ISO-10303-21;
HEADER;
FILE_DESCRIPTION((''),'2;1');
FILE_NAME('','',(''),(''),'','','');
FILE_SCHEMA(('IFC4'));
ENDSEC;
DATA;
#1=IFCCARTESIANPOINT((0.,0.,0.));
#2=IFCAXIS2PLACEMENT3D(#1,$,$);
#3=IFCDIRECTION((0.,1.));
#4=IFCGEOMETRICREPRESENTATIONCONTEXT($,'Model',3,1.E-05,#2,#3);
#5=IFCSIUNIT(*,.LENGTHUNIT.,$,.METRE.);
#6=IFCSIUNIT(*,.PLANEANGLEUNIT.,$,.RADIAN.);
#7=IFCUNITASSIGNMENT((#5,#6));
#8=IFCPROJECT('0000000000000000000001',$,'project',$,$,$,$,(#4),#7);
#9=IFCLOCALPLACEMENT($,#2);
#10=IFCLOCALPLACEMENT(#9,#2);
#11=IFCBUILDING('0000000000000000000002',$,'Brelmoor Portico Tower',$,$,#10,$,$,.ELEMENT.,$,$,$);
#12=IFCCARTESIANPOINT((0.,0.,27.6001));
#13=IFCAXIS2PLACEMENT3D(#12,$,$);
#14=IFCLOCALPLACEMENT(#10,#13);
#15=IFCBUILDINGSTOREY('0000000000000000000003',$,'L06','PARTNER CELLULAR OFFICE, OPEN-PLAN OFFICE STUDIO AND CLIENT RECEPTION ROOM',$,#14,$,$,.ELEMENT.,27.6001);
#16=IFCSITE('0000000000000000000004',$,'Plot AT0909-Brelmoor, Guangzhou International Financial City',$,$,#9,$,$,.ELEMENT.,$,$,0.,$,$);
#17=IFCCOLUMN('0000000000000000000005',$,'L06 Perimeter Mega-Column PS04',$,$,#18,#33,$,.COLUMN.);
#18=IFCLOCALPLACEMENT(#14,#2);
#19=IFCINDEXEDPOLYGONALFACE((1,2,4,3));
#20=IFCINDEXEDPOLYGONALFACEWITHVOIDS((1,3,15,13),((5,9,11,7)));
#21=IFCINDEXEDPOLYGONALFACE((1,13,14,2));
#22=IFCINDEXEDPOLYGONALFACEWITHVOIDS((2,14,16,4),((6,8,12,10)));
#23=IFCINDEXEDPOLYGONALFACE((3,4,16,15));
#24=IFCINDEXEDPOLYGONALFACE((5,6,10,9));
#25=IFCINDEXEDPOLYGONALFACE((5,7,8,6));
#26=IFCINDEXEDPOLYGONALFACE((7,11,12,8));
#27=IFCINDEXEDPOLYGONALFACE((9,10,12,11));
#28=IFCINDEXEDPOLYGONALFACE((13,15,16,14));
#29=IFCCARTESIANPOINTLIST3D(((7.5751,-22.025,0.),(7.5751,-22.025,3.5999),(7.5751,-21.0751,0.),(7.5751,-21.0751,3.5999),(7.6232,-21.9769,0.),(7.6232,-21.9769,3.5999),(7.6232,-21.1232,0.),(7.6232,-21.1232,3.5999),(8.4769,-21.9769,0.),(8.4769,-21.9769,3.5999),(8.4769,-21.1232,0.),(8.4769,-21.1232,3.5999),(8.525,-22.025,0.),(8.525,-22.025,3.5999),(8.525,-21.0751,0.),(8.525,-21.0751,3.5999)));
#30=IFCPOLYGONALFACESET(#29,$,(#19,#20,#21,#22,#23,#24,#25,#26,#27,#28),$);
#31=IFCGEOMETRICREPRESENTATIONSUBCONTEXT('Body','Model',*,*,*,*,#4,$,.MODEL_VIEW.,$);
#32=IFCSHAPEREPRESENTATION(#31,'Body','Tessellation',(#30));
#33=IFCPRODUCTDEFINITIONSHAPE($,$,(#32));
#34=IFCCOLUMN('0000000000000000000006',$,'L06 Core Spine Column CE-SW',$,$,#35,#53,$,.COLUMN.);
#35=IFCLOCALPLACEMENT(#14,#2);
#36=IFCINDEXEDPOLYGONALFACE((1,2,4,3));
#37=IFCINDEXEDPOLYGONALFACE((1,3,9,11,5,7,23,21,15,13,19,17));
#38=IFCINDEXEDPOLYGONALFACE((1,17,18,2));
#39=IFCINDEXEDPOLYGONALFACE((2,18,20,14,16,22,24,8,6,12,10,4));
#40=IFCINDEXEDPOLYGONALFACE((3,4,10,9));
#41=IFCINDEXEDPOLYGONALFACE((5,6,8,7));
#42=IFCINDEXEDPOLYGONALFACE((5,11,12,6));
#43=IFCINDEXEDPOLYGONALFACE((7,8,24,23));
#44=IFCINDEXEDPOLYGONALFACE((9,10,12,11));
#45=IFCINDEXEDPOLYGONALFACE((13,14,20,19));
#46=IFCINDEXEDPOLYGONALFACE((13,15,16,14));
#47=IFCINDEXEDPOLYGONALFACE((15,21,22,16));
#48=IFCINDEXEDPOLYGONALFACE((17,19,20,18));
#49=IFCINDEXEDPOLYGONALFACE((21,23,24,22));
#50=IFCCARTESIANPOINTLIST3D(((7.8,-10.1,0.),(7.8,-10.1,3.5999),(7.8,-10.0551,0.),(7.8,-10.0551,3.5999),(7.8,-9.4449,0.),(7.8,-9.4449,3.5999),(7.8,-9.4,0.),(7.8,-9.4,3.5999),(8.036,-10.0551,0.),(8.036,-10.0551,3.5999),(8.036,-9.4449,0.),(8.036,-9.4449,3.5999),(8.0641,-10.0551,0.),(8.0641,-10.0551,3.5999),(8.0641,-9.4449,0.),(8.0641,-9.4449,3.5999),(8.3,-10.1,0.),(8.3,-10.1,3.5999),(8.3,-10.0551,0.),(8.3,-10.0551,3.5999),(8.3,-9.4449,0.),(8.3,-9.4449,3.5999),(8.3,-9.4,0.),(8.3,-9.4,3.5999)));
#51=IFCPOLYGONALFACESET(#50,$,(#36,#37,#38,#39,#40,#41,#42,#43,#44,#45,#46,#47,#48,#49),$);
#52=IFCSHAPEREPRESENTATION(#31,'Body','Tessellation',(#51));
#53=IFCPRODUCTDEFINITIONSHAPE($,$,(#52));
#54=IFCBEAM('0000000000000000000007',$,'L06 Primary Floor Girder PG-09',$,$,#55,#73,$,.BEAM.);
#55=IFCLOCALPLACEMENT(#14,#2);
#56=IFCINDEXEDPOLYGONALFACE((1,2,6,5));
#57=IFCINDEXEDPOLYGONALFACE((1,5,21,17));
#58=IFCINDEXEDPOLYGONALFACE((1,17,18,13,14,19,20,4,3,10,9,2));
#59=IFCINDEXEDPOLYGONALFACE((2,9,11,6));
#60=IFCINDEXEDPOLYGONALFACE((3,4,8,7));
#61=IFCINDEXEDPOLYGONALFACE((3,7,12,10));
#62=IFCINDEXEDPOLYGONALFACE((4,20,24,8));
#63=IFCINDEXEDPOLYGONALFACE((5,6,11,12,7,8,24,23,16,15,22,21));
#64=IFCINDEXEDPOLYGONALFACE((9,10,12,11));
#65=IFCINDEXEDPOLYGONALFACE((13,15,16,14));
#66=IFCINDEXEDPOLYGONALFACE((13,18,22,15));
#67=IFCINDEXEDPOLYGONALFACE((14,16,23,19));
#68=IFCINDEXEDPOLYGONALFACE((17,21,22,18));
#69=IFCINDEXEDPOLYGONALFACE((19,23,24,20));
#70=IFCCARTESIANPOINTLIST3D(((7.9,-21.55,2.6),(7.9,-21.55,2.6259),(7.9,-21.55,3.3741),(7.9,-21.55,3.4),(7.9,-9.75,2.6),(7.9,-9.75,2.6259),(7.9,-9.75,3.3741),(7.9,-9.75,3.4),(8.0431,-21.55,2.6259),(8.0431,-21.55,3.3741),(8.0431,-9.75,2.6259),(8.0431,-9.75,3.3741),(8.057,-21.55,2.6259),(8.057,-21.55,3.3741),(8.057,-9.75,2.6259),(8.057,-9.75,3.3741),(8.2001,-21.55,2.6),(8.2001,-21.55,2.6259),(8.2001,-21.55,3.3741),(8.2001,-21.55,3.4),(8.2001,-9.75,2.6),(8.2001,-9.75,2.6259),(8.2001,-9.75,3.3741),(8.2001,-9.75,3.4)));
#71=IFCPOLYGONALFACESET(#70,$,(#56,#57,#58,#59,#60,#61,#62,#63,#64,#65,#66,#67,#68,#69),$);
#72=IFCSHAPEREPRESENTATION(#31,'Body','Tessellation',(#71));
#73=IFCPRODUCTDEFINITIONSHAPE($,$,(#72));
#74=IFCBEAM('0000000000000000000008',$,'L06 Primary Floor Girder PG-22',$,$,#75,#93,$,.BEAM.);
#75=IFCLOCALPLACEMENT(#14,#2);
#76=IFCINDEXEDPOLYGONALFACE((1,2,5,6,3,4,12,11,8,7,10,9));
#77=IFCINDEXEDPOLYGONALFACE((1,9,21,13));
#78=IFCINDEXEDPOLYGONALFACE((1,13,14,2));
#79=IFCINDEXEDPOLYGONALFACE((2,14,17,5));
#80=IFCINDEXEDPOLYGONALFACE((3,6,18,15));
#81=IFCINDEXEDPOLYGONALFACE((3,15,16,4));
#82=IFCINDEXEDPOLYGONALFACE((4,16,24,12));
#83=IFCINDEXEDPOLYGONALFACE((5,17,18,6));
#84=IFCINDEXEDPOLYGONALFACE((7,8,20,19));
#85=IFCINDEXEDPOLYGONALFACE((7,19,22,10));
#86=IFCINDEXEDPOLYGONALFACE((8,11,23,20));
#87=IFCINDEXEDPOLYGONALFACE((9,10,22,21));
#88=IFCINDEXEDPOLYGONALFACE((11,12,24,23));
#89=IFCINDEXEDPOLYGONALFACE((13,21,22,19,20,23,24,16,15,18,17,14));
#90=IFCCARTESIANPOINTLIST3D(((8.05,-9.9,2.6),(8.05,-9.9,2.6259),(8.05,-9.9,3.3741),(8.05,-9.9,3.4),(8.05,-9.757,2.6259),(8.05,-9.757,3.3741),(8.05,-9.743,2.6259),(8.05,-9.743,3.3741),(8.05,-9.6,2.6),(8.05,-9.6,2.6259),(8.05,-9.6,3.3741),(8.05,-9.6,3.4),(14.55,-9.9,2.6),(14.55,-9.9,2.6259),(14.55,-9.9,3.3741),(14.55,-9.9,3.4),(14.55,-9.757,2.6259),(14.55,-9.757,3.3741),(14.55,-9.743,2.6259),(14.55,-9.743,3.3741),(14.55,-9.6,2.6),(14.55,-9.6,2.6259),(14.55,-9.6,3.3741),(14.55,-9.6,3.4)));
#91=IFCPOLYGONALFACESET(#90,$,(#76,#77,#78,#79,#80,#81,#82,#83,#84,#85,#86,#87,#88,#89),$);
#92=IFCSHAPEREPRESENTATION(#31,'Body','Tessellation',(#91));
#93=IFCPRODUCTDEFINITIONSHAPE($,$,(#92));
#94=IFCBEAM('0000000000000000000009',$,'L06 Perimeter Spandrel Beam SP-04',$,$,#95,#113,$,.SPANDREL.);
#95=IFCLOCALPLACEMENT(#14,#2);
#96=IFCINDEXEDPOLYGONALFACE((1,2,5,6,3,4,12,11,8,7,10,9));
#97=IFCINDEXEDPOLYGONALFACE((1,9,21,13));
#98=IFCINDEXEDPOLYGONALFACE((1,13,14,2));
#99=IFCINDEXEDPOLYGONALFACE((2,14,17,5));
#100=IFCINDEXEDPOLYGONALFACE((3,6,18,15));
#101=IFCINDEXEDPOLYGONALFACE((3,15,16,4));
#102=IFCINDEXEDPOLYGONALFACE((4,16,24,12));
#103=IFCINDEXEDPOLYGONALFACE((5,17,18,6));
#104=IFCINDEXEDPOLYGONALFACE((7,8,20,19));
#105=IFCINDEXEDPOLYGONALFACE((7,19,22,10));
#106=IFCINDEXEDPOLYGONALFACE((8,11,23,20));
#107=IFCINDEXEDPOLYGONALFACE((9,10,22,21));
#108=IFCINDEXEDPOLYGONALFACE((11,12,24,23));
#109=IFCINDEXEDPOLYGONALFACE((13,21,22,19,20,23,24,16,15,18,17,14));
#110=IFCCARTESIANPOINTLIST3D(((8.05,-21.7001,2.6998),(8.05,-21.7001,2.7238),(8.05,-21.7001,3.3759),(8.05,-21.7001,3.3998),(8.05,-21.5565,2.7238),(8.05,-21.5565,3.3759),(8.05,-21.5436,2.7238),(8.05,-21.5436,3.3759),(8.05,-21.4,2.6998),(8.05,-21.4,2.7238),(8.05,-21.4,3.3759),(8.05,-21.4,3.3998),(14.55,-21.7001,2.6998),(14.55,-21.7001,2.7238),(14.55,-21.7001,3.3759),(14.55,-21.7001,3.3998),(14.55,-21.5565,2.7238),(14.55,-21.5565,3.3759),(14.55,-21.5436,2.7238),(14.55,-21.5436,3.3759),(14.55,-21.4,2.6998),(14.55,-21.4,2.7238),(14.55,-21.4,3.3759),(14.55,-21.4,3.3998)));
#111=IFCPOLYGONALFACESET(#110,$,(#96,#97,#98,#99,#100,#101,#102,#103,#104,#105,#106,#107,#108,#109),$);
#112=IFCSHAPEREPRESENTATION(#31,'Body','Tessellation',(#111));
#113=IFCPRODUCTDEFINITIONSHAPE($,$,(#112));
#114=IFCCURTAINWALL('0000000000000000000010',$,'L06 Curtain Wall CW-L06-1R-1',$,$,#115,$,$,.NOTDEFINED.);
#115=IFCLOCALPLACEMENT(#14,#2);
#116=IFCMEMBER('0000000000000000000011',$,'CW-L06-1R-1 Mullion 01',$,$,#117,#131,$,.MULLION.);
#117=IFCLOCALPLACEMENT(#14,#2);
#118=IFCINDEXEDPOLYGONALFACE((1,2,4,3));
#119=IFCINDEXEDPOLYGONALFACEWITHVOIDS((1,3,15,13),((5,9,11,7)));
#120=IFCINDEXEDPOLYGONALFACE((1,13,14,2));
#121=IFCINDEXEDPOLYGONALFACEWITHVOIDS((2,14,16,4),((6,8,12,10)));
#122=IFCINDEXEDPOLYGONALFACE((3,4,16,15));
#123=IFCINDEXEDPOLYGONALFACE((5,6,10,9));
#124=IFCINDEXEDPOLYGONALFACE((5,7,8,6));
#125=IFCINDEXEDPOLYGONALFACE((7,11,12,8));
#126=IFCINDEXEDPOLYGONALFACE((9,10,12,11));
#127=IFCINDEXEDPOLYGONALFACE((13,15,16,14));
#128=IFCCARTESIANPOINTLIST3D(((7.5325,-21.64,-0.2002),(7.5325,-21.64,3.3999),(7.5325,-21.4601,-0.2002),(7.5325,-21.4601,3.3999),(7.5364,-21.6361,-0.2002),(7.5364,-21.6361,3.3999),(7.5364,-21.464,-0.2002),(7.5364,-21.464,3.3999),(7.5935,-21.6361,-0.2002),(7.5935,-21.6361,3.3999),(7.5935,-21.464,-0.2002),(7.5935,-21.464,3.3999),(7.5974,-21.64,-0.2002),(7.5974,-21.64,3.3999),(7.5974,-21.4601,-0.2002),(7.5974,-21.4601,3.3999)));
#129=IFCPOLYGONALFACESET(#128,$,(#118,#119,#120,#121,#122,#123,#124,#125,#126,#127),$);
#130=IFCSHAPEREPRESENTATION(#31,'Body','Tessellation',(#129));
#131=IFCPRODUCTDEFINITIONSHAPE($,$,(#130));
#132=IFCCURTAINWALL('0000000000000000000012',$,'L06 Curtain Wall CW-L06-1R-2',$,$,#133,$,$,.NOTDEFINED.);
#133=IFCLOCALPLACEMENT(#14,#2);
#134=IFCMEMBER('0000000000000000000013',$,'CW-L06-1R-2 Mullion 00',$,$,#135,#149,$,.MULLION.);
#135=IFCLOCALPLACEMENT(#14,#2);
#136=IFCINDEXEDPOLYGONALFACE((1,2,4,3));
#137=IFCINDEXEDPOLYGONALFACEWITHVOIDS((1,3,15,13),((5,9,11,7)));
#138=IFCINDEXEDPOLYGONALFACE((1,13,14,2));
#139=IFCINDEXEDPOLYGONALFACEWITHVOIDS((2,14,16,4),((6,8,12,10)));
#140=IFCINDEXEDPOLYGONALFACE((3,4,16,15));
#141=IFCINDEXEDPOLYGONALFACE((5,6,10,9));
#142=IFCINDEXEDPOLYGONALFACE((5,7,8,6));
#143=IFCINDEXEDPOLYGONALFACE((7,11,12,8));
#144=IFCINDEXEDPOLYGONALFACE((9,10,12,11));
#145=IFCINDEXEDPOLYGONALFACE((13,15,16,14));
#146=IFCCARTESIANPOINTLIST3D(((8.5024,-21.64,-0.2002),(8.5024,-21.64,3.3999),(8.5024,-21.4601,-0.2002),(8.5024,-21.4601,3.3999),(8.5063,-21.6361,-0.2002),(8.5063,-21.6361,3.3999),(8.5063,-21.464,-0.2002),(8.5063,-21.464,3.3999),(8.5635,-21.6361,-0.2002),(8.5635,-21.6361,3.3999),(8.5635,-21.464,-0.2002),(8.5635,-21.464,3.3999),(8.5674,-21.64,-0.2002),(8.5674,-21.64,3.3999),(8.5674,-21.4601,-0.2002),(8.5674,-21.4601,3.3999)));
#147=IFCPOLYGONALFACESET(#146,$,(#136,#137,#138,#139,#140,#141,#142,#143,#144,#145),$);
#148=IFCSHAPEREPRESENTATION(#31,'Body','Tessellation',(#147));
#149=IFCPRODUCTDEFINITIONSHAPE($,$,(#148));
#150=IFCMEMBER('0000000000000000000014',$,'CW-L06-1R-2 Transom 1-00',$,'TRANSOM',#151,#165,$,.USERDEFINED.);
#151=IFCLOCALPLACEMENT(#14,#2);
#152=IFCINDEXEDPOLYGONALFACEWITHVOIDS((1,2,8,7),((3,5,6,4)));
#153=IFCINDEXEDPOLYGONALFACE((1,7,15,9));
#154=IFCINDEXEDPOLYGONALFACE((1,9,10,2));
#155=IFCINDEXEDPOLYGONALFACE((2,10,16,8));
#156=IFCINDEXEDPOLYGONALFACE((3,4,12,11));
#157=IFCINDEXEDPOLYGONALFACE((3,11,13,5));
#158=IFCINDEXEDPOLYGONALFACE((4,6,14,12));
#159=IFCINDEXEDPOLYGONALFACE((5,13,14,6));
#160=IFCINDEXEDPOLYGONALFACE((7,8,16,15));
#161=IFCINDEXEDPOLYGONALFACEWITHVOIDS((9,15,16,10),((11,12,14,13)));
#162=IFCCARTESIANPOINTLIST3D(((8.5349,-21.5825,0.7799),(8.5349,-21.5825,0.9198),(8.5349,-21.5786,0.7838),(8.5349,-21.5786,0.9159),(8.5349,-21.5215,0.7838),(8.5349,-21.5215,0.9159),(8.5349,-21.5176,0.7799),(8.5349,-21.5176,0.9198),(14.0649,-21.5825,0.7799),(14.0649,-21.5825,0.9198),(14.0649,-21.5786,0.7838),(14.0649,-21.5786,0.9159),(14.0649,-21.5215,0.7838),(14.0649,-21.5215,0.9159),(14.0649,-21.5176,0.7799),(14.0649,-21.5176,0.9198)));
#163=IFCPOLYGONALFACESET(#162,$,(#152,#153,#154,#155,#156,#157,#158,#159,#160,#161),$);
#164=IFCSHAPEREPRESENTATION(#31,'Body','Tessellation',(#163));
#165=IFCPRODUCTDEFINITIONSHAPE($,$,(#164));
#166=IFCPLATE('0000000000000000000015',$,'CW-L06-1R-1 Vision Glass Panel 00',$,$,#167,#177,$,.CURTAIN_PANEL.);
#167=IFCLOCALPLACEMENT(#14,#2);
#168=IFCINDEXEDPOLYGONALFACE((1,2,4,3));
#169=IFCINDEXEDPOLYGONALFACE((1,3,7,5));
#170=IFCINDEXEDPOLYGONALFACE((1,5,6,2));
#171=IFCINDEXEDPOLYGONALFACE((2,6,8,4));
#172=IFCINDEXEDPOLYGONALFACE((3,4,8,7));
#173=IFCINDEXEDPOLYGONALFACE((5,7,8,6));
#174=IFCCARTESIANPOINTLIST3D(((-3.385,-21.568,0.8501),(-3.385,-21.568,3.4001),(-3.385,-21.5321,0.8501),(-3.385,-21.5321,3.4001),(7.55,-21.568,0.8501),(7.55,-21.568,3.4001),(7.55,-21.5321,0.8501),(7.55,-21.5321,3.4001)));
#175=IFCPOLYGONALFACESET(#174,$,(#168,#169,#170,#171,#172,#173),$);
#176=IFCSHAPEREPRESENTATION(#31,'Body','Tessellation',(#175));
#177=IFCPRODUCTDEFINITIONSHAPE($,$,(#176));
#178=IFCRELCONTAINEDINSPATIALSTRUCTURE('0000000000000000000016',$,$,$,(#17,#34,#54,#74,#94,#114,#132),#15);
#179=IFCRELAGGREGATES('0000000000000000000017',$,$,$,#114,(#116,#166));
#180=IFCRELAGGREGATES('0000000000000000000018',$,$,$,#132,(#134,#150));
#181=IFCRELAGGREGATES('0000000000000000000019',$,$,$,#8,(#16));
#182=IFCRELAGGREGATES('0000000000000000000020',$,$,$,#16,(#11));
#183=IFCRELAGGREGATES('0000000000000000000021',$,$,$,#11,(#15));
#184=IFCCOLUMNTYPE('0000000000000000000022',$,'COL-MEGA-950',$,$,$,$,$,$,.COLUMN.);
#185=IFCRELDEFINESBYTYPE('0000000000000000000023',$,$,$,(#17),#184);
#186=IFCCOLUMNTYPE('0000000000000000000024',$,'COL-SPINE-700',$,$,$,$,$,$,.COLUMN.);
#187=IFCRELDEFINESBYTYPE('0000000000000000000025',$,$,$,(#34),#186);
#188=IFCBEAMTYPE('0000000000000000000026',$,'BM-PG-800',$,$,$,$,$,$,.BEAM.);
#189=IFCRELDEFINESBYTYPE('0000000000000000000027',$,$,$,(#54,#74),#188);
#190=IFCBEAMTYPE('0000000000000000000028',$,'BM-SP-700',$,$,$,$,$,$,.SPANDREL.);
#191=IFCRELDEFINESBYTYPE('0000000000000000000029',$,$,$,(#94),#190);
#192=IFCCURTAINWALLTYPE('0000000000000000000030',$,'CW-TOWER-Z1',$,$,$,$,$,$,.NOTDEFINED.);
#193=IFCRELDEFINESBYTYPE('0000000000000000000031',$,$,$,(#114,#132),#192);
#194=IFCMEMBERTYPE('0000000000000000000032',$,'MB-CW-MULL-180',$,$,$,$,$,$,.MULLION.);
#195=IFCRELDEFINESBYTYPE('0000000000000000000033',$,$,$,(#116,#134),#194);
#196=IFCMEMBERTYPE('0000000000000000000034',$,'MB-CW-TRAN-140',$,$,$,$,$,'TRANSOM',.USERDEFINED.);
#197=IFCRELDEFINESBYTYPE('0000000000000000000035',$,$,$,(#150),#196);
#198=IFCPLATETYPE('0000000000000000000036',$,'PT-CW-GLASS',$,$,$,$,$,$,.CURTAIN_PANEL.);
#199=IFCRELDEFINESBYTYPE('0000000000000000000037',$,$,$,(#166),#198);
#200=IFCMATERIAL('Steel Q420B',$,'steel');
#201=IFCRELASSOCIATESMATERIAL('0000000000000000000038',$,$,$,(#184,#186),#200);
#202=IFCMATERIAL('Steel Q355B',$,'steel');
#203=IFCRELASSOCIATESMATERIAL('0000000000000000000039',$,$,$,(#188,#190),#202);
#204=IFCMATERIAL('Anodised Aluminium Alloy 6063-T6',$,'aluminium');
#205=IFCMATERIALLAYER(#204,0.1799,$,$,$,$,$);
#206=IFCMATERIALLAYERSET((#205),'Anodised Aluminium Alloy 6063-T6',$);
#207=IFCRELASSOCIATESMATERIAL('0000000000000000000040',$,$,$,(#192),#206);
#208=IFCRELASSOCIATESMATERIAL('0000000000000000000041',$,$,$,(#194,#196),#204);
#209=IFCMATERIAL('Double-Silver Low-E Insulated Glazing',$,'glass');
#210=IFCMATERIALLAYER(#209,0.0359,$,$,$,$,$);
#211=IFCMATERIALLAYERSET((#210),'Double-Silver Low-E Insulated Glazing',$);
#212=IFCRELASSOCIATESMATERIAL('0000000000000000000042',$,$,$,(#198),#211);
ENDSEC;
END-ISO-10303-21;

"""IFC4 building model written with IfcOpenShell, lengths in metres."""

from ifc_helpers import new_model, si_unit, direction, frame, origin, origin_2d, place, context, subcontext, project, spatial, rectangle, hollow_rectangle, i_section, extrude, material, layer, layer_set, material_profile, profile_set, type_object, element, aggregate, save


model = new_model("IFC4")

# Units and contexts
model_context = context("Model", 3, precision=1e-05, world=origin(), true_north=direction((0.0, 1.0)))
body_context = subcontext(model_context, "Body", "Model", "MODEL_VIEW")
ifc_project = project(units=[si_unit("LENGTHUNIT", "METRE"), si_unit("PLANEANGLEUNIT", "RADIAN")], contexts=[model_context])

# Site, building, storey
site_placement = place(None, origin())
site = spatial("IfcSite", under=ifc_project, at=site_placement, Name="Plot AT0909-Brelmoor, Guangzhou International Financial City", CompositionType="ELEMENT", RefElevation=0.0)
building_placement = place(site_placement, origin())
building = spatial("IfcBuilding", under=site, at=building_placement, Name="Brelmoor Portico Tower", CompositionType="ELEMENT")
storey_placement = place(building_placement, frame((0.0, 0.0, 27.6001)))
storey = spatial("IfcBuildingStorey", under=building, at=storey_placement, Name="L06", Description="PARTNER CELLULAR OFFICE, OPEN-PLAN OFFICE STUDIO AND CLIENT RECEPTION ROOM", CompositionType="ELEMENT", Elevation=27.6001)

# Columns
ifc_material_1 = material(Name="Steel Q420B", Category="steel")
ifc_material_profile_1 = material_profile(ifc_material_1, hollow_rectangle(XDim=0.95, YDim=0.95, WallThickness=0.0481, at=origin_2d()), Name="BOX 950x950x48")
ifc_profile_set_1 = profile_set([ifc_material_profile_1], Name="Steel Q420B")
column_type_1 = type_object("IfcColumnType", Name="COL-MEGA-950", PredefinedType="COLUMN", material=ifc_profile_set_1)
column_1_placement = place(storey_placement, frame((8.05, -21.55, 0.0), z_axis=(0.0, 0.0, 1.0), x_axis=(1.0, 0.0, 0.0)))
element("IfcColumn", 1, at=column_1_placement, inside=storey, type_object=column_type_1, Name="L06 Perimeter Mega-Column PS04", PredefinedType="COLUMN", context=body_context, shape_type="SweptSolid", body=[
    extrude(hollow_rectangle(XDim=0.95, YDim=0.95, WallThickness=0.0481, at=origin_2d()), origin(), (0.0, 0.0, 1.0), 3.5999),
])
ifc_material_profile_2 = material_profile(ifc_material_1, i_section(OverallWidth=0.5, OverallDepth=0.7, WebThickness=0.0281, FlangeThickness=0.0449, at=origin_2d()), Name="HW 700x500x28x45")
ifc_profile_set_2 = profile_set([ifc_material_profile_2], Name="Steel Q420B")
column_type_2 = type_object("IfcColumnType", Name="COL-SPINE-700", PredefinedType="COLUMN", material=ifc_profile_set_2)
column_2_placement = place(storey_placement, frame((8.05, -9.75, 0.0), z_axis=(0.0, 0.0, 1.0), x_axis=(1.0, 0.0, 0.0)))
element("IfcColumn", 2, at=column_2_placement, inside=storey, type_object=column_type_2, Name="L06 Core Spine Column CE-SW", PredefinedType="COLUMN", context=body_context, shape_type="SweptSolid", body=[
    extrude(i_section(OverallWidth=0.5, OverallDepth=0.7, WebThickness=0.0281, FlangeThickness=0.0449, at=origin_2d()), origin(), (0.0, 0.0, 1.0), 3.5999),
])

# Beams
ifc_material_2 = material(Name="Steel Q355B", Category="steel")
ifc_material_profile_3 = material_profile(ifc_material_2, i_section(OverallWidth=0.3, OverallDepth=0.8, WebThickness=0.0139, FlangeThickness=0.0259, at=origin_2d()), Name="HN 800x300x14x26")
ifc_profile_set_3 = profile_set([ifc_material_profile_3], Name="Steel Q355B")
beam_type_1 = type_object("IfcBeamType", Name="BM-PG-800", PredefinedType="BEAM", material=ifc_profile_set_3)
beam_1_placement = place(storey_placement, frame((8.05, -21.55, 3.0), z_axis=(0.0, 1.0, 0.0), x_axis=(-1.0, 0.0, 0.0)))
element("IfcBeam", 3, at=beam_1_placement, inside=storey, type_object=beam_type_1, Name="L06 Primary Floor Girder PG-09", PredefinedType="BEAM", context=body_context, shape_type="SweptSolid", body=[
    extrude(i_section(OverallWidth=0.3, OverallDepth=0.8, WebThickness=0.0139, FlangeThickness=0.0259, at=origin_2d()), origin(), (0.0, 0.0, 1.0), 11.8),
])
beam_2_placement = place(storey_placement, frame((8.05, -9.75, 3.0), z_axis=(1.0, 0.0, 0.0), x_axis=(0.0, 1.0, 0.0)))
element("IfcBeam", 4, at=beam_2_placement, inside=storey, type_object=beam_type_1, Name="L06 Primary Floor Girder PG-22", PredefinedType="BEAM", context=body_context, shape_type="SweptSolid", body=[
    extrude(i_section(OverallWidth=0.3, OverallDepth=0.8, WebThickness=0.0139, FlangeThickness=0.0259, at=origin_2d()), origin(), (0.0, 0.0, 1.0), 6.5),
])
ifc_material_profile_4 = material_profile(ifc_material_2, i_section(OverallWidth=0.3, OverallDepth=0.7, WebThickness=0.0129, FlangeThickness=0.0239, at=origin_2d()), Name="HN 700x300x13x24")
ifc_profile_set_4 = profile_set([ifc_material_profile_4], Name="Steel Q355B")
beam_type_2 = type_object("IfcBeamType", Name="BM-SP-700", PredefinedType="SPANDREL", material=ifc_profile_set_4)
beam_3_placement = place(storey_placement, frame((8.05, -21.55, 3.0498), z_axis=(1.0, 0.0, 0.0), x_axis=(0.0, 1.0, 0.0)))
element("IfcBeam", 5, at=beam_3_placement, inside=storey, type_object=beam_type_2, Name="L06 Perimeter Spandrel Beam SP-04", PredefinedType="SPANDREL", context=body_context, shape_type="SweptSolid", body=[
    extrude(i_section(OverallWidth=0.3, OverallDepth=0.7, WebThickness=0.0129, FlangeThickness=0.0239, at=origin_2d()), origin(), (0.0, 0.0, 1.0), 6.5),
])

# Curtain wall, member
ifc_material_3 = material(Name="Anodised Aluminium Alloy 6063-T6", Category="aluminium")
ifc_layer_1 = layer(ifc_material_3, 0.1799)
ifc_layer_set_1 = layer_set([ifc_layer_1], Name="Anodised Aluminium Alloy 6063-T6")
curtain_wall_type = type_object("IfcCurtainWallType", Name="CW-TOWER-Z1", PredefinedType="NOTDEFINED", material=ifc_layer_set_1)
curtain_wall_1_placement = place(storey_placement, origin())
curtain_wall_1 = element("IfcCurtainWall", 6, at=curtain_wall_1_placement, inside=storey, type_object=curtain_wall_type, Name="L06 Curtain Wall CW-L06-1R-1", PredefinedType="NOTDEFINED")
ifc_material_profile_5 = material_profile(ifc_material_3, hollow_rectangle(XDim=0.0649, YDim=0.1799, WallThickness=0.0039, at=origin_2d()), Name="ALU MULLION 65x180")
ifc_profile_set_5 = profile_set([ifc_material_profile_5], Name="Anodised Aluminium Alloy 6063-T6")
member_type_1 = type_object("IfcMemberType", Name="MB-CW-MULL-180", PredefinedType="MULLION", material=ifc_profile_set_5)
member_1_placement = place(storey_placement, frame((7.5649, -21.55, -0.2002), z_axis=(0.0, 0.0, 1.0), x_axis=(1.0, 0.0, 0.0)))
member_1 = element("IfcMember", 7, at=member_1_placement, type_object=member_type_1, Name="CW-L06-1R-1 Mullion 01", PredefinedType="MULLION", context=body_context, shape_type="SweptSolid", body=[
    extrude(hollow_rectangle(XDim=0.0649, YDim=0.1799, WallThickness=0.0039, at=origin_2d()), origin(), (0.0, 0.0, 1.0), 3.6001),
])

# Curtain wall, members
curtain_wall_2_placement = place(storey_placement, origin())
curtain_wall_2 = element("IfcCurtainWall", 8, at=curtain_wall_2_placement, inside=storey, type_object=curtain_wall_type, Name="L06 Curtain Wall CW-L06-1R-2", PredefinedType="NOTDEFINED")
member_2_placement = place(storey_placement, frame((8.5349, -21.55, -0.2002), z_axis=(0.0, 0.0, 1.0), x_axis=(1.0, 0.0, 0.0)))
member_2 = element("IfcMember", 9, at=member_2_placement, type_object=member_type_1, Name="CW-L06-1R-2 Mullion 00", PredefinedType="MULLION", context=body_context, shape_type="SweptSolid", body=[
    extrude(hollow_rectangle(XDim=0.0649, YDim=0.1799, WallThickness=0.0039, at=origin_2d()), origin(), (0.0, 0.0, 1.0), 3.6001),
])
ifc_material_profile_6 = material_profile(ifc_material_3, hollow_rectangle(XDim=0.0649, YDim=0.1399, WallThickness=0.0039, at=origin_2d()), Name="ALU TRANSOM 65x140")
ifc_profile_set_6 = profile_set([ifc_material_profile_6], Name="Anodised Aluminium Alloy 6063-T6")
member_type_2 = type_object("IfcMemberType", Name="MB-CW-TRAN-140", ElementType="TRANSOM", PredefinedType="USERDEFINED", material=ifc_profile_set_6)
member_3_placement = place(storey_placement, frame((8.5349, -21.55, 0.8499), z_axis=(1.0, 0.0, 0.0), x_axis=(0.0, 1.0, 0.0)))
member_3 = element("IfcMember", 10, at=member_3_placement, type_object=member_type_2, Name="CW-L06-1R-2 Transom 1-00", ObjectType="TRANSOM", PredefinedType="USERDEFINED", context=body_context, shape_type="SweptSolid", body=[
    extrude(hollow_rectangle(XDim=0.0649, YDim=0.1399, WallThickness=0.0039, at=origin_2d()), origin(), (0.0, 0.0, 1.0), 5.53),
])

# Plate
ifc_material_4 = material(Name="Double-Silver Low-E Insulated Glazing", Category="glass")
ifc_layer_2 = layer(ifc_material_4, 0.0359)
ifc_layer_set_2 = layer_set([ifc_layer_2], Name="Double-Silver Low-E Insulated Glazing")
plate_type_1 = type_object("IfcPlateType", Name="PT-CW-GLASS", PredefinedType="CURTAIN_PANEL", material=ifc_layer_set_2)
plate_1_placement = place(storey_placement, frame((2.0825, -21.55, 0.8501), z_axis=(0.0, 0.0, 1.0), x_axis=(1.0, 0.0, 0.0)))
plate_1 = element("IfcPlate", 11, at=plate_1_placement, type_object=plate_type_1, Name="CW-L06-1R-1 Vision Glass Panel 00", PredefinedType="CURTAIN_PANEL", context=body_context, shape_type="SweptSolid", body=[
    extrude(rectangle(XDim=10.9351, YDim=0.0359, at=origin_2d()), origin(), (0.0, 0.0, 1.0), 2.55),
])
aggregate(curtain_wall_1, [member_1, plate_1])
aggregate(curtain_wall_2, [member_2, member_3])

save(model, "model.ifc")
